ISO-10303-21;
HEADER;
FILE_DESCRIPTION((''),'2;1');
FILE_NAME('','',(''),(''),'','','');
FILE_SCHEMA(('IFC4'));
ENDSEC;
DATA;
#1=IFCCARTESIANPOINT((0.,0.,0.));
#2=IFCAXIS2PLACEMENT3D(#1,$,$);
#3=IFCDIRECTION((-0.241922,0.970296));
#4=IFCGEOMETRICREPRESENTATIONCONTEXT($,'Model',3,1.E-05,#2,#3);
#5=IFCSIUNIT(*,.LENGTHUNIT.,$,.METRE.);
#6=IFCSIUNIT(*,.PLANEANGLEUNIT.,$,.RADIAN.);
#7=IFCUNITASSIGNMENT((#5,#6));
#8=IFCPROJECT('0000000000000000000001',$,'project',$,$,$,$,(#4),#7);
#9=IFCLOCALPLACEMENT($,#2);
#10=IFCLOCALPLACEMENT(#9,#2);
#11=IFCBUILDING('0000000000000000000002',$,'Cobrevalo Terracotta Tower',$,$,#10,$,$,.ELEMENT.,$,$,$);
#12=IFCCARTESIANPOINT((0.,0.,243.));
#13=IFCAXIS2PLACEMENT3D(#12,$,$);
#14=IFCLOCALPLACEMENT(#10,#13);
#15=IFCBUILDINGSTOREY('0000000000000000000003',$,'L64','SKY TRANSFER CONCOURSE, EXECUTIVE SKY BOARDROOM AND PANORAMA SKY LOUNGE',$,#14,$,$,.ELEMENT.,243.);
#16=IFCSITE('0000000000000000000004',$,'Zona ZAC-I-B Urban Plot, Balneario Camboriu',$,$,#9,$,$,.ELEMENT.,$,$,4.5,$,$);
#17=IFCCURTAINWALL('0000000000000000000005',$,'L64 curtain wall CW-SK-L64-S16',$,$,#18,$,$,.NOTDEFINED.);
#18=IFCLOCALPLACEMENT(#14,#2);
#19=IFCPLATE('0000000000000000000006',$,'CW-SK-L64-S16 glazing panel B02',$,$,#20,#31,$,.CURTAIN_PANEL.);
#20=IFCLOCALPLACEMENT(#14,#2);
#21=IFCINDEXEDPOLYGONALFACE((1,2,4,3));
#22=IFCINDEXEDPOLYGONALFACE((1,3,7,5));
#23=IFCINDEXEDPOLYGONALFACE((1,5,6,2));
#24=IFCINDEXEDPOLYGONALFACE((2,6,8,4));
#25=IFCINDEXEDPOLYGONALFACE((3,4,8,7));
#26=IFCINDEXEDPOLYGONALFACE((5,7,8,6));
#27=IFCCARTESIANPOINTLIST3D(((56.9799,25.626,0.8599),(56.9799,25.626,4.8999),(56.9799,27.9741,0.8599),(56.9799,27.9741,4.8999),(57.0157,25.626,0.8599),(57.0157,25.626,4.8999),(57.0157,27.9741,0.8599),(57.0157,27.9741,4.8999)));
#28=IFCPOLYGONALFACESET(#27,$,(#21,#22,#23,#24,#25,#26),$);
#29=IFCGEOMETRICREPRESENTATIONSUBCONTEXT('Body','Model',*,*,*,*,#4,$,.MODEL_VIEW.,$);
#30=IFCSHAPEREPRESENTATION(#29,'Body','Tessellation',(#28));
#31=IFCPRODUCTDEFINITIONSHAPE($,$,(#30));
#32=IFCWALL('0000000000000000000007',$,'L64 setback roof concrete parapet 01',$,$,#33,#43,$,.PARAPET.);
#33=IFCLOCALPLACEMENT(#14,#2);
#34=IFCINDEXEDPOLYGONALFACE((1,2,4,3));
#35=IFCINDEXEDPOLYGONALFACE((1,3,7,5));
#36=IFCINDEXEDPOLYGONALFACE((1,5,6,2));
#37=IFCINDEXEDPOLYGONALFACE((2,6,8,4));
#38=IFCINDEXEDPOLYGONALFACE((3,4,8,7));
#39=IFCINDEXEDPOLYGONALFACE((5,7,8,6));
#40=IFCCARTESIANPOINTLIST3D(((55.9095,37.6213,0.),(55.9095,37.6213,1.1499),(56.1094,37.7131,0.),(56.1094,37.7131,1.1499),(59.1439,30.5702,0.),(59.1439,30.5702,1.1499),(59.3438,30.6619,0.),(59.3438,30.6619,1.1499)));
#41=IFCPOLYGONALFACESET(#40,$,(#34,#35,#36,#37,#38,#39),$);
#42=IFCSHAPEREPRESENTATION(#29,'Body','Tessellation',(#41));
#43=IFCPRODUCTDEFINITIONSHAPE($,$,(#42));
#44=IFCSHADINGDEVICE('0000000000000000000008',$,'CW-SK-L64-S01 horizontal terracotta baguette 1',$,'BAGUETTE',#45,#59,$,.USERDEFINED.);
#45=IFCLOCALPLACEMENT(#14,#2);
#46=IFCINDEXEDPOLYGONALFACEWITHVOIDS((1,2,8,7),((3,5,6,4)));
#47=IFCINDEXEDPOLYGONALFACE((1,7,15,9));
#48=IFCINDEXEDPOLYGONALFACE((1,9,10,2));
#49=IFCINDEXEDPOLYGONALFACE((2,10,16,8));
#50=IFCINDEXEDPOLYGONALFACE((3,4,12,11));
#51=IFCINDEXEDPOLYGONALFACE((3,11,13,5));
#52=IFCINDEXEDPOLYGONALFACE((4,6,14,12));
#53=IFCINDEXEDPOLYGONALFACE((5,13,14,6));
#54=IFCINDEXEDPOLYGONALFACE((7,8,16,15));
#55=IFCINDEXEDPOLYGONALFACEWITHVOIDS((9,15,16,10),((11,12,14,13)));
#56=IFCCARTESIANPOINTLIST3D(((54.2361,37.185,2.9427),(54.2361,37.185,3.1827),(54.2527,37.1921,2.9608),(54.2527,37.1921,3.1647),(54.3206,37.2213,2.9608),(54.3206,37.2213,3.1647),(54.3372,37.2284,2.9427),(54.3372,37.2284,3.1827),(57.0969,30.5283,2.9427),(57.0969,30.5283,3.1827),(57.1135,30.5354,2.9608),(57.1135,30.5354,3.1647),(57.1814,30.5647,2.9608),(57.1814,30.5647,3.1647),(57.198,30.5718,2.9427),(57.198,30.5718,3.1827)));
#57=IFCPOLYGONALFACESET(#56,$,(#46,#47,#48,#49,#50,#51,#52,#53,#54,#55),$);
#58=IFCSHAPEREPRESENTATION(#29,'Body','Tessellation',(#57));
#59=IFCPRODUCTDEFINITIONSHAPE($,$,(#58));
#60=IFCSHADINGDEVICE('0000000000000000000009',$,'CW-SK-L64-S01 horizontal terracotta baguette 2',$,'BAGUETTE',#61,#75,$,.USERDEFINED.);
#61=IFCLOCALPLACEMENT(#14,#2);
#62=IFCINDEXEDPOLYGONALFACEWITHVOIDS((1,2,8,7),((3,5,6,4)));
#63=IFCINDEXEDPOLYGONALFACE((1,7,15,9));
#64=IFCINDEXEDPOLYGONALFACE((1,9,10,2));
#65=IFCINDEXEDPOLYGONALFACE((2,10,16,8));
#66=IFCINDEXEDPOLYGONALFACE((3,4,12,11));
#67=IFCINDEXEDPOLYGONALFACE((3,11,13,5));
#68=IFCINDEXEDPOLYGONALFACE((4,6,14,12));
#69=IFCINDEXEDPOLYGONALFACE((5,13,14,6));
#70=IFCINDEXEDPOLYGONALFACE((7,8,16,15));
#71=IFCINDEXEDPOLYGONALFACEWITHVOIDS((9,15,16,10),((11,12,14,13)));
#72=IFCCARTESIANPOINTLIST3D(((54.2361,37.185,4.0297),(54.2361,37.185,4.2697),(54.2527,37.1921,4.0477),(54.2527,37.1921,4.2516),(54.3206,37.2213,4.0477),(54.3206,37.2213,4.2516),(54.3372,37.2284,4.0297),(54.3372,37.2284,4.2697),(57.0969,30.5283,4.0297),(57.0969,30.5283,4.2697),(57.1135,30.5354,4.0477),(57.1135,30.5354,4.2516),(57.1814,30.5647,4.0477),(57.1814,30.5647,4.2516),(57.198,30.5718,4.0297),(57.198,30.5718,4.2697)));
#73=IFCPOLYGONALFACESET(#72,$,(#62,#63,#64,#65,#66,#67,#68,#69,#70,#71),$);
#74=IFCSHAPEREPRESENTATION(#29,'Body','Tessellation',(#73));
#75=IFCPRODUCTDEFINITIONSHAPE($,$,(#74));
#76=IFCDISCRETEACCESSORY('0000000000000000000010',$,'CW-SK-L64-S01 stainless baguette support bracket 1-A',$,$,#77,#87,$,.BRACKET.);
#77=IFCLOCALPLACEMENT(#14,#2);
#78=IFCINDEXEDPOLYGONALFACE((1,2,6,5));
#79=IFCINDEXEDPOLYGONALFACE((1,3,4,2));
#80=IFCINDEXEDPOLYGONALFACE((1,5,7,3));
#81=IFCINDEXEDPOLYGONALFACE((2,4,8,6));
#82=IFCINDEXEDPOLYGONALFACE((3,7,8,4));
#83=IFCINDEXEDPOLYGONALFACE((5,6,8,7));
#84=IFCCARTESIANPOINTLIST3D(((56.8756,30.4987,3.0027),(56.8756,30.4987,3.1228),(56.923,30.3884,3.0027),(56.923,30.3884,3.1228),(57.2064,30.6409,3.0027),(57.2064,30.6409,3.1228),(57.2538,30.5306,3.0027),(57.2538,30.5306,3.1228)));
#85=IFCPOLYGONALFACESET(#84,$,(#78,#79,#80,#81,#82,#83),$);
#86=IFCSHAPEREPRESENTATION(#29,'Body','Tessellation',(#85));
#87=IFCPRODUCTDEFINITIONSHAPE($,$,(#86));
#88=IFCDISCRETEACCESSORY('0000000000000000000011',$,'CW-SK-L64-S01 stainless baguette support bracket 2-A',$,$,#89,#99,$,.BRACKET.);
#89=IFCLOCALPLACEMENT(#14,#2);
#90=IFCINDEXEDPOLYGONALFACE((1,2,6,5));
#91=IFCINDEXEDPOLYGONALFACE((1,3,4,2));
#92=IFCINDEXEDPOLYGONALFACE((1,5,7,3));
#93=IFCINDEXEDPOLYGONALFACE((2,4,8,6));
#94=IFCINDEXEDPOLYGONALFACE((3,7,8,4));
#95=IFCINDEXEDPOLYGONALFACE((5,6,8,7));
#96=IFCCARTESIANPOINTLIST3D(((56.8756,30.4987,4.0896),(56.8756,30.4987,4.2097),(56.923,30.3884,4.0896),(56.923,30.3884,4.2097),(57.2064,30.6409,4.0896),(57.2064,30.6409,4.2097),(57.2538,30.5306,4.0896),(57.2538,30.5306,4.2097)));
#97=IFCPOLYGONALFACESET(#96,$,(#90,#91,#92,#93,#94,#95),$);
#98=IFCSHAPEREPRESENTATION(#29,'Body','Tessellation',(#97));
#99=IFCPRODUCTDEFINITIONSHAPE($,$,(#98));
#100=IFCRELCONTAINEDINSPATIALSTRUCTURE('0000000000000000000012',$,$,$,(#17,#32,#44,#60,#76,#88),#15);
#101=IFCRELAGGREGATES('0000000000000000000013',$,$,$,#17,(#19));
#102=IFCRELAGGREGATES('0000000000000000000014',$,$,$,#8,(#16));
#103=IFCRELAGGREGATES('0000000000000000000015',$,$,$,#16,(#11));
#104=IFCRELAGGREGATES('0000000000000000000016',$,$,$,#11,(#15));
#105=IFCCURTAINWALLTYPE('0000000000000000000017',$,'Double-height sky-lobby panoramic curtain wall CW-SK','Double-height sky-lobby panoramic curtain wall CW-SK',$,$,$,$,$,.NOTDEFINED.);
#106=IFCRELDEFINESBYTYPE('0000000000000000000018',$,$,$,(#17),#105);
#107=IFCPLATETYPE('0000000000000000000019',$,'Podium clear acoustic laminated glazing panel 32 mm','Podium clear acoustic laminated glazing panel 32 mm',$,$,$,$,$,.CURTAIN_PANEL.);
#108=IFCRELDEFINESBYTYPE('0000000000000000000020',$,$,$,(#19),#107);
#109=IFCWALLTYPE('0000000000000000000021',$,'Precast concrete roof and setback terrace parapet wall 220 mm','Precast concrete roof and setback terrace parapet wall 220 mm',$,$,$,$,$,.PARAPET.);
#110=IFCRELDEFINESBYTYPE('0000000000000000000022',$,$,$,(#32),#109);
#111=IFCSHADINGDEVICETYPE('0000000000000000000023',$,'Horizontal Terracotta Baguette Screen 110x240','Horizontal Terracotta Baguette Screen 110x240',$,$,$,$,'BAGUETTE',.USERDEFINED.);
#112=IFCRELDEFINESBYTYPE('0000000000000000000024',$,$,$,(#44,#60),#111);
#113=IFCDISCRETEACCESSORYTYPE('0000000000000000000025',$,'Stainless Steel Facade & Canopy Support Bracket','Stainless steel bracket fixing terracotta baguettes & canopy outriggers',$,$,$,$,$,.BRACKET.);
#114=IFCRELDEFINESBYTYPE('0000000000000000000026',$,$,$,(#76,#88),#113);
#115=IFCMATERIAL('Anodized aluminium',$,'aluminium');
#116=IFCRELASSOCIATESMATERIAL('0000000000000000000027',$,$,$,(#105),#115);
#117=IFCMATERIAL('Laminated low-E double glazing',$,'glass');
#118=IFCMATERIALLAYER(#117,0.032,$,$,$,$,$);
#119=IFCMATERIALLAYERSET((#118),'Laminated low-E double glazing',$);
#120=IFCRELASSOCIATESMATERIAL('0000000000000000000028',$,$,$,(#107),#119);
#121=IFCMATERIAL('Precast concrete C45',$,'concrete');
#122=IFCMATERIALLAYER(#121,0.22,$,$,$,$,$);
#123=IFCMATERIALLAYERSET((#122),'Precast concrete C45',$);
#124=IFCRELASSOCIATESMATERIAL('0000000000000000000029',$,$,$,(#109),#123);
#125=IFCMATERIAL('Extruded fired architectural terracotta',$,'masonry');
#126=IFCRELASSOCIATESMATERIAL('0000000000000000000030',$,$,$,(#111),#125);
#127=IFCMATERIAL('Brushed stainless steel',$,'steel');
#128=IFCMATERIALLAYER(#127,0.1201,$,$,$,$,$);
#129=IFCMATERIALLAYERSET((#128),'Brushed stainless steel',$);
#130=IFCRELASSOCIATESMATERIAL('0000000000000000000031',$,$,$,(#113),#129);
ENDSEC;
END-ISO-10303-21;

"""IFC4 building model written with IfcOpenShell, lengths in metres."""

from ifc_helpers import new_model, si_unit, direction, frame, frame_2d, origin, origin_2d, place, context, subcontext, project, spatial, rectangle, hollow_rectangle, extrude, source, transform, mapped, material, layer, layer_set, material_profile, profile_set, type_object, element, aggregate, save


model = new_model("IFC4")

# Units and contexts
model_context = context("Model", 3, precision=1e-05, world=origin(), true_north=direction((-0.241922, 0.970296)))
body_context = subcontext(model_context, "Body", "Model", "MODEL_VIEW")
ifc_project = project(units=[si_unit("LENGTHUNIT", "METRE"), si_unit("PLANEANGLEUNIT", "RADIAN")], contexts=[model_context])

# Site, building, storey
site_placement = place(None, origin())
site = spatial("IfcSite", under=ifc_project, at=site_placement, Name="Zona ZAC-I-B Urban Plot, Balneario Camboriu", CompositionType="ELEMENT", RefElevation=4.5)
building_placement = place(site_placement, origin())
building = spatial("IfcBuilding", under=site, at=building_placement, Name="Cobrevalo Terracotta Tower", CompositionType="ELEMENT")
storey_placement = place(building_placement, frame((0.0, 0.0, 243.0)))
storey = spatial("IfcBuildingStorey", under=building, at=storey_placement, Name="L64", Description="SKY TRANSFER CONCOURSE, EXECUTIVE SKY BOARDROOM AND PANORAMA SKY LOUNGE", CompositionType="ELEMENT", Elevation=243.0)

# Curtain wall
ifc_material_1 = material(Name="Anodized aluminium", Category="aluminium")
curtain_wall_type = type_object("IfcCurtainWallType", Name="Double-height sky-lobby panoramic curtain wall CW-SK", Description="Double-height sky-lobby panoramic curtain wall CW-SK", PredefinedType="NOTDEFINED", material=ifc_material_1)
curtain_wall_1_placement = place(storey_placement, origin())
curtain_wall_1 = element("IfcCurtainWall", 1, at=curtain_wall_1_placement, inside=storey, type_object=curtain_wall_type, Name="L64 curtain wall CW-SK-L64-S16", PredefinedType="NOTDEFINED")

# Plate
ifc_material_2 = material(Name="Laminated low-E double glazing", Category="glass")
ifc_layer_1 = layer(ifc_material_2, 0.032)
ifc_layer_set_1 = layer_set([ifc_layer_1], Name="Laminated low-E double glazing")
plate_type_1 = type_object("IfcPlateType", Name="Podium clear acoustic laminated glazing panel 32 mm", Description="Podium clear acoustic laminated glazing panel 32 mm", PredefinedType="CURTAIN_PANEL", material=ifc_layer_set_1)
shared_shape_1 = source(origin(), body_context, "Body", "SweptSolid", [
    extrude(rectangle(XDim=2.3481, YDim=0.0359, at=origin_2d()), origin(), (0.0, 0.0, 1.0), 4.04),
])
plate_1_placement = place(storey_placement, frame((56.9978, 26.8, 0.8599), z_axis=(0.0, 0.0, 1.0), x_axis=(0.0, 1.0, 0.0)))
plate_1 = element("IfcPlate", 2, at=plate_1_placement, type_object=plate_type_1, Name="CW-SK-L64-S16 glazing panel B02", PredefinedType="CURTAIN_PANEL", context=body_context, shape_type="MappedRepresentation", body=[
    mapped(shared_shape_1, transform((0.0, 0.0, 0.0), scale=1.0)),
])
aggregate(curtain_wall_1, [plate_1])

# Wall
ifc_material_3 = material(Name="Precast concrete C45", Category="concrete")
ifc_layer_2 = layer(ifc_material_3, 0.22)
ifc_layer_set_2 = layer_set([ifc_layer_2], Name="Precast concrete C45")
wall_type = type_object("IfcWallType", Name="Precast concrete roof and setback terrace parapet wall 220 mm", Description="Precast concrete roof and setback terrace parapet wall 220 mm", PredefinedType="PARAPET", material=ifc_layer_set_2)
wall_placement = place(storey_placement, frame((59.2439, 30.616, 0.0), z_axis=(0.0, 0.0, 1.0), x_axis=(-0.416938, 0.908935, 0.0)))
element("IfcWall", 3, at=wall_placement, inside=storey, type_object=wall_type, Name="L64 setback roof concrete parapet 01", PredefinedType="PARAPET", context=body_context, shape_type="SweptSolid", body=[
    extrude(rectangle(XDim=7.7576, YDim=0.22, at=frame_2d((3.8789, 0.0))), origin(), (0.0, 0.0, 1.0), 1.1499),
])

# Shading devices
ifc_material_4 = material(Name="Extruded fired architectural terracotta", Category="masonry")
ifc_material_profile_1 = material_profile(ifc_material_4, hollow_rectangle(XDim=0.1101, YDim=0.24, WallThickness=0.0181, at=origin_2d()), Name="BAGUETTE 110x240")
ifc_profile_set_1 = profile_set([ifc_material_profile_1], Name="Extruded fired architectural terracotta")
shading_device_type = type_object("IfcShadingDeviceType", Name="Horizontal Terracotta Baguette Screen 110x240", Description="Horizontal Terracotta Baguette Screen 110x240", ElementType="BAGUETTE", PredefinedType="USERDEFINED", material=ifc_profile_set_1)
shared_shape_2 = source(origin(), body_context, "Body", "SweptSolid", [
    extrude(hollow_rectangle(XDim=0.1101, YDim=0.24, WallThickness=0.0181, at=origin_2d()), origin(), (0.0, 0.0, 1.0), 7.2454),
])
for number, where, z_axis, x_axis, name in (
    (4, (57.1475, 30.55, 3.0627), (-0.394846, 0.918747, 0.0), (-0.918747, -0.394846, 0.0), "CW-SK-L64-S01 horizontal terracotta baguette 1"),
    (5, (57.1475, 30.55, 4.1497), (-0.394846, 0.918747, 0.0), (-0.918747, -0.394846, 0.0), "CW-SK-L64-S01 horizontal terracotta baguette 2"),
):
    element("IfcShadingDevice", number, at=place(storey_placement, frame(where, z_axis=z_axis, x_axis=x_axis)), inside=storey, type_object=shading_device_type, Name=name, ObjectType="BAGUETTE", PredefinedType="USERDEFINED", context=body_context, shape_type="MappedRepresentation", body=[
        mapped(shared_shape_2, transform((0.0, 0.0, 0.0), scale=1.0)),
    ])

# Discrete accessories
ifc_material_5 = material(Name="Brushed stainless steel", Category="steel")
ifc_layer_3 = layer(ifc_material_5, 0.1201)
ifc_layer_set_3 = layer_set([ifc_layer_3], Name="Brushed stainless steel")
discrete_accessory_type = type_object("IfcDiscreteAccessoryType", Name="Stainless Steel Facade & Canopy Support Bracket", Description="Stainless steel bracket fixing terracotta baguettes & canopy outriggers", PredefinedType="BRACKET", material=ifc_layer_set_3)
shared_shape_3 = source(origin(), body_context, "Body", "SweptSolid", [
    extrude(rectangle(XDim=0.1201, YDim=0.3601, at=origin_2d()), origin(), (0.0, 0.0, 1.0), 0.1201),
])
for number, where, z_axis, x_axis, name in (
    (6, (57.0647, 30.5146, 3.0027), (0.0, 0.0, 1.0), (-0.394829, 0.918755, 0.0), "CW-SK-L64-S01 stainless baguette support bracket 1-A"),
    (7, (57.0647, 30.5146, 4.0896), (0.0, 0.0, 1.0), (-0.394829, 0.918755, 0.0), "CW-SK-L64-S01 stainless baguette support bracket 2-A"),
):
    element("IfcDiscreteAccessory", number, at=place(storey_placement, frame(where, z_axis=z_axis, x_axis=x_axis)), inside=storey, type_object=discrete_accessory_type, Name=name, PredefinedType="BRACKET", context=body_context, shape_type="MappedRepresentation", body=[
        mapped(shared_shape_3, transform((0.0, 0.0, 0.0), scale=1.0)),
    ])

save(model, "model.ifc")
